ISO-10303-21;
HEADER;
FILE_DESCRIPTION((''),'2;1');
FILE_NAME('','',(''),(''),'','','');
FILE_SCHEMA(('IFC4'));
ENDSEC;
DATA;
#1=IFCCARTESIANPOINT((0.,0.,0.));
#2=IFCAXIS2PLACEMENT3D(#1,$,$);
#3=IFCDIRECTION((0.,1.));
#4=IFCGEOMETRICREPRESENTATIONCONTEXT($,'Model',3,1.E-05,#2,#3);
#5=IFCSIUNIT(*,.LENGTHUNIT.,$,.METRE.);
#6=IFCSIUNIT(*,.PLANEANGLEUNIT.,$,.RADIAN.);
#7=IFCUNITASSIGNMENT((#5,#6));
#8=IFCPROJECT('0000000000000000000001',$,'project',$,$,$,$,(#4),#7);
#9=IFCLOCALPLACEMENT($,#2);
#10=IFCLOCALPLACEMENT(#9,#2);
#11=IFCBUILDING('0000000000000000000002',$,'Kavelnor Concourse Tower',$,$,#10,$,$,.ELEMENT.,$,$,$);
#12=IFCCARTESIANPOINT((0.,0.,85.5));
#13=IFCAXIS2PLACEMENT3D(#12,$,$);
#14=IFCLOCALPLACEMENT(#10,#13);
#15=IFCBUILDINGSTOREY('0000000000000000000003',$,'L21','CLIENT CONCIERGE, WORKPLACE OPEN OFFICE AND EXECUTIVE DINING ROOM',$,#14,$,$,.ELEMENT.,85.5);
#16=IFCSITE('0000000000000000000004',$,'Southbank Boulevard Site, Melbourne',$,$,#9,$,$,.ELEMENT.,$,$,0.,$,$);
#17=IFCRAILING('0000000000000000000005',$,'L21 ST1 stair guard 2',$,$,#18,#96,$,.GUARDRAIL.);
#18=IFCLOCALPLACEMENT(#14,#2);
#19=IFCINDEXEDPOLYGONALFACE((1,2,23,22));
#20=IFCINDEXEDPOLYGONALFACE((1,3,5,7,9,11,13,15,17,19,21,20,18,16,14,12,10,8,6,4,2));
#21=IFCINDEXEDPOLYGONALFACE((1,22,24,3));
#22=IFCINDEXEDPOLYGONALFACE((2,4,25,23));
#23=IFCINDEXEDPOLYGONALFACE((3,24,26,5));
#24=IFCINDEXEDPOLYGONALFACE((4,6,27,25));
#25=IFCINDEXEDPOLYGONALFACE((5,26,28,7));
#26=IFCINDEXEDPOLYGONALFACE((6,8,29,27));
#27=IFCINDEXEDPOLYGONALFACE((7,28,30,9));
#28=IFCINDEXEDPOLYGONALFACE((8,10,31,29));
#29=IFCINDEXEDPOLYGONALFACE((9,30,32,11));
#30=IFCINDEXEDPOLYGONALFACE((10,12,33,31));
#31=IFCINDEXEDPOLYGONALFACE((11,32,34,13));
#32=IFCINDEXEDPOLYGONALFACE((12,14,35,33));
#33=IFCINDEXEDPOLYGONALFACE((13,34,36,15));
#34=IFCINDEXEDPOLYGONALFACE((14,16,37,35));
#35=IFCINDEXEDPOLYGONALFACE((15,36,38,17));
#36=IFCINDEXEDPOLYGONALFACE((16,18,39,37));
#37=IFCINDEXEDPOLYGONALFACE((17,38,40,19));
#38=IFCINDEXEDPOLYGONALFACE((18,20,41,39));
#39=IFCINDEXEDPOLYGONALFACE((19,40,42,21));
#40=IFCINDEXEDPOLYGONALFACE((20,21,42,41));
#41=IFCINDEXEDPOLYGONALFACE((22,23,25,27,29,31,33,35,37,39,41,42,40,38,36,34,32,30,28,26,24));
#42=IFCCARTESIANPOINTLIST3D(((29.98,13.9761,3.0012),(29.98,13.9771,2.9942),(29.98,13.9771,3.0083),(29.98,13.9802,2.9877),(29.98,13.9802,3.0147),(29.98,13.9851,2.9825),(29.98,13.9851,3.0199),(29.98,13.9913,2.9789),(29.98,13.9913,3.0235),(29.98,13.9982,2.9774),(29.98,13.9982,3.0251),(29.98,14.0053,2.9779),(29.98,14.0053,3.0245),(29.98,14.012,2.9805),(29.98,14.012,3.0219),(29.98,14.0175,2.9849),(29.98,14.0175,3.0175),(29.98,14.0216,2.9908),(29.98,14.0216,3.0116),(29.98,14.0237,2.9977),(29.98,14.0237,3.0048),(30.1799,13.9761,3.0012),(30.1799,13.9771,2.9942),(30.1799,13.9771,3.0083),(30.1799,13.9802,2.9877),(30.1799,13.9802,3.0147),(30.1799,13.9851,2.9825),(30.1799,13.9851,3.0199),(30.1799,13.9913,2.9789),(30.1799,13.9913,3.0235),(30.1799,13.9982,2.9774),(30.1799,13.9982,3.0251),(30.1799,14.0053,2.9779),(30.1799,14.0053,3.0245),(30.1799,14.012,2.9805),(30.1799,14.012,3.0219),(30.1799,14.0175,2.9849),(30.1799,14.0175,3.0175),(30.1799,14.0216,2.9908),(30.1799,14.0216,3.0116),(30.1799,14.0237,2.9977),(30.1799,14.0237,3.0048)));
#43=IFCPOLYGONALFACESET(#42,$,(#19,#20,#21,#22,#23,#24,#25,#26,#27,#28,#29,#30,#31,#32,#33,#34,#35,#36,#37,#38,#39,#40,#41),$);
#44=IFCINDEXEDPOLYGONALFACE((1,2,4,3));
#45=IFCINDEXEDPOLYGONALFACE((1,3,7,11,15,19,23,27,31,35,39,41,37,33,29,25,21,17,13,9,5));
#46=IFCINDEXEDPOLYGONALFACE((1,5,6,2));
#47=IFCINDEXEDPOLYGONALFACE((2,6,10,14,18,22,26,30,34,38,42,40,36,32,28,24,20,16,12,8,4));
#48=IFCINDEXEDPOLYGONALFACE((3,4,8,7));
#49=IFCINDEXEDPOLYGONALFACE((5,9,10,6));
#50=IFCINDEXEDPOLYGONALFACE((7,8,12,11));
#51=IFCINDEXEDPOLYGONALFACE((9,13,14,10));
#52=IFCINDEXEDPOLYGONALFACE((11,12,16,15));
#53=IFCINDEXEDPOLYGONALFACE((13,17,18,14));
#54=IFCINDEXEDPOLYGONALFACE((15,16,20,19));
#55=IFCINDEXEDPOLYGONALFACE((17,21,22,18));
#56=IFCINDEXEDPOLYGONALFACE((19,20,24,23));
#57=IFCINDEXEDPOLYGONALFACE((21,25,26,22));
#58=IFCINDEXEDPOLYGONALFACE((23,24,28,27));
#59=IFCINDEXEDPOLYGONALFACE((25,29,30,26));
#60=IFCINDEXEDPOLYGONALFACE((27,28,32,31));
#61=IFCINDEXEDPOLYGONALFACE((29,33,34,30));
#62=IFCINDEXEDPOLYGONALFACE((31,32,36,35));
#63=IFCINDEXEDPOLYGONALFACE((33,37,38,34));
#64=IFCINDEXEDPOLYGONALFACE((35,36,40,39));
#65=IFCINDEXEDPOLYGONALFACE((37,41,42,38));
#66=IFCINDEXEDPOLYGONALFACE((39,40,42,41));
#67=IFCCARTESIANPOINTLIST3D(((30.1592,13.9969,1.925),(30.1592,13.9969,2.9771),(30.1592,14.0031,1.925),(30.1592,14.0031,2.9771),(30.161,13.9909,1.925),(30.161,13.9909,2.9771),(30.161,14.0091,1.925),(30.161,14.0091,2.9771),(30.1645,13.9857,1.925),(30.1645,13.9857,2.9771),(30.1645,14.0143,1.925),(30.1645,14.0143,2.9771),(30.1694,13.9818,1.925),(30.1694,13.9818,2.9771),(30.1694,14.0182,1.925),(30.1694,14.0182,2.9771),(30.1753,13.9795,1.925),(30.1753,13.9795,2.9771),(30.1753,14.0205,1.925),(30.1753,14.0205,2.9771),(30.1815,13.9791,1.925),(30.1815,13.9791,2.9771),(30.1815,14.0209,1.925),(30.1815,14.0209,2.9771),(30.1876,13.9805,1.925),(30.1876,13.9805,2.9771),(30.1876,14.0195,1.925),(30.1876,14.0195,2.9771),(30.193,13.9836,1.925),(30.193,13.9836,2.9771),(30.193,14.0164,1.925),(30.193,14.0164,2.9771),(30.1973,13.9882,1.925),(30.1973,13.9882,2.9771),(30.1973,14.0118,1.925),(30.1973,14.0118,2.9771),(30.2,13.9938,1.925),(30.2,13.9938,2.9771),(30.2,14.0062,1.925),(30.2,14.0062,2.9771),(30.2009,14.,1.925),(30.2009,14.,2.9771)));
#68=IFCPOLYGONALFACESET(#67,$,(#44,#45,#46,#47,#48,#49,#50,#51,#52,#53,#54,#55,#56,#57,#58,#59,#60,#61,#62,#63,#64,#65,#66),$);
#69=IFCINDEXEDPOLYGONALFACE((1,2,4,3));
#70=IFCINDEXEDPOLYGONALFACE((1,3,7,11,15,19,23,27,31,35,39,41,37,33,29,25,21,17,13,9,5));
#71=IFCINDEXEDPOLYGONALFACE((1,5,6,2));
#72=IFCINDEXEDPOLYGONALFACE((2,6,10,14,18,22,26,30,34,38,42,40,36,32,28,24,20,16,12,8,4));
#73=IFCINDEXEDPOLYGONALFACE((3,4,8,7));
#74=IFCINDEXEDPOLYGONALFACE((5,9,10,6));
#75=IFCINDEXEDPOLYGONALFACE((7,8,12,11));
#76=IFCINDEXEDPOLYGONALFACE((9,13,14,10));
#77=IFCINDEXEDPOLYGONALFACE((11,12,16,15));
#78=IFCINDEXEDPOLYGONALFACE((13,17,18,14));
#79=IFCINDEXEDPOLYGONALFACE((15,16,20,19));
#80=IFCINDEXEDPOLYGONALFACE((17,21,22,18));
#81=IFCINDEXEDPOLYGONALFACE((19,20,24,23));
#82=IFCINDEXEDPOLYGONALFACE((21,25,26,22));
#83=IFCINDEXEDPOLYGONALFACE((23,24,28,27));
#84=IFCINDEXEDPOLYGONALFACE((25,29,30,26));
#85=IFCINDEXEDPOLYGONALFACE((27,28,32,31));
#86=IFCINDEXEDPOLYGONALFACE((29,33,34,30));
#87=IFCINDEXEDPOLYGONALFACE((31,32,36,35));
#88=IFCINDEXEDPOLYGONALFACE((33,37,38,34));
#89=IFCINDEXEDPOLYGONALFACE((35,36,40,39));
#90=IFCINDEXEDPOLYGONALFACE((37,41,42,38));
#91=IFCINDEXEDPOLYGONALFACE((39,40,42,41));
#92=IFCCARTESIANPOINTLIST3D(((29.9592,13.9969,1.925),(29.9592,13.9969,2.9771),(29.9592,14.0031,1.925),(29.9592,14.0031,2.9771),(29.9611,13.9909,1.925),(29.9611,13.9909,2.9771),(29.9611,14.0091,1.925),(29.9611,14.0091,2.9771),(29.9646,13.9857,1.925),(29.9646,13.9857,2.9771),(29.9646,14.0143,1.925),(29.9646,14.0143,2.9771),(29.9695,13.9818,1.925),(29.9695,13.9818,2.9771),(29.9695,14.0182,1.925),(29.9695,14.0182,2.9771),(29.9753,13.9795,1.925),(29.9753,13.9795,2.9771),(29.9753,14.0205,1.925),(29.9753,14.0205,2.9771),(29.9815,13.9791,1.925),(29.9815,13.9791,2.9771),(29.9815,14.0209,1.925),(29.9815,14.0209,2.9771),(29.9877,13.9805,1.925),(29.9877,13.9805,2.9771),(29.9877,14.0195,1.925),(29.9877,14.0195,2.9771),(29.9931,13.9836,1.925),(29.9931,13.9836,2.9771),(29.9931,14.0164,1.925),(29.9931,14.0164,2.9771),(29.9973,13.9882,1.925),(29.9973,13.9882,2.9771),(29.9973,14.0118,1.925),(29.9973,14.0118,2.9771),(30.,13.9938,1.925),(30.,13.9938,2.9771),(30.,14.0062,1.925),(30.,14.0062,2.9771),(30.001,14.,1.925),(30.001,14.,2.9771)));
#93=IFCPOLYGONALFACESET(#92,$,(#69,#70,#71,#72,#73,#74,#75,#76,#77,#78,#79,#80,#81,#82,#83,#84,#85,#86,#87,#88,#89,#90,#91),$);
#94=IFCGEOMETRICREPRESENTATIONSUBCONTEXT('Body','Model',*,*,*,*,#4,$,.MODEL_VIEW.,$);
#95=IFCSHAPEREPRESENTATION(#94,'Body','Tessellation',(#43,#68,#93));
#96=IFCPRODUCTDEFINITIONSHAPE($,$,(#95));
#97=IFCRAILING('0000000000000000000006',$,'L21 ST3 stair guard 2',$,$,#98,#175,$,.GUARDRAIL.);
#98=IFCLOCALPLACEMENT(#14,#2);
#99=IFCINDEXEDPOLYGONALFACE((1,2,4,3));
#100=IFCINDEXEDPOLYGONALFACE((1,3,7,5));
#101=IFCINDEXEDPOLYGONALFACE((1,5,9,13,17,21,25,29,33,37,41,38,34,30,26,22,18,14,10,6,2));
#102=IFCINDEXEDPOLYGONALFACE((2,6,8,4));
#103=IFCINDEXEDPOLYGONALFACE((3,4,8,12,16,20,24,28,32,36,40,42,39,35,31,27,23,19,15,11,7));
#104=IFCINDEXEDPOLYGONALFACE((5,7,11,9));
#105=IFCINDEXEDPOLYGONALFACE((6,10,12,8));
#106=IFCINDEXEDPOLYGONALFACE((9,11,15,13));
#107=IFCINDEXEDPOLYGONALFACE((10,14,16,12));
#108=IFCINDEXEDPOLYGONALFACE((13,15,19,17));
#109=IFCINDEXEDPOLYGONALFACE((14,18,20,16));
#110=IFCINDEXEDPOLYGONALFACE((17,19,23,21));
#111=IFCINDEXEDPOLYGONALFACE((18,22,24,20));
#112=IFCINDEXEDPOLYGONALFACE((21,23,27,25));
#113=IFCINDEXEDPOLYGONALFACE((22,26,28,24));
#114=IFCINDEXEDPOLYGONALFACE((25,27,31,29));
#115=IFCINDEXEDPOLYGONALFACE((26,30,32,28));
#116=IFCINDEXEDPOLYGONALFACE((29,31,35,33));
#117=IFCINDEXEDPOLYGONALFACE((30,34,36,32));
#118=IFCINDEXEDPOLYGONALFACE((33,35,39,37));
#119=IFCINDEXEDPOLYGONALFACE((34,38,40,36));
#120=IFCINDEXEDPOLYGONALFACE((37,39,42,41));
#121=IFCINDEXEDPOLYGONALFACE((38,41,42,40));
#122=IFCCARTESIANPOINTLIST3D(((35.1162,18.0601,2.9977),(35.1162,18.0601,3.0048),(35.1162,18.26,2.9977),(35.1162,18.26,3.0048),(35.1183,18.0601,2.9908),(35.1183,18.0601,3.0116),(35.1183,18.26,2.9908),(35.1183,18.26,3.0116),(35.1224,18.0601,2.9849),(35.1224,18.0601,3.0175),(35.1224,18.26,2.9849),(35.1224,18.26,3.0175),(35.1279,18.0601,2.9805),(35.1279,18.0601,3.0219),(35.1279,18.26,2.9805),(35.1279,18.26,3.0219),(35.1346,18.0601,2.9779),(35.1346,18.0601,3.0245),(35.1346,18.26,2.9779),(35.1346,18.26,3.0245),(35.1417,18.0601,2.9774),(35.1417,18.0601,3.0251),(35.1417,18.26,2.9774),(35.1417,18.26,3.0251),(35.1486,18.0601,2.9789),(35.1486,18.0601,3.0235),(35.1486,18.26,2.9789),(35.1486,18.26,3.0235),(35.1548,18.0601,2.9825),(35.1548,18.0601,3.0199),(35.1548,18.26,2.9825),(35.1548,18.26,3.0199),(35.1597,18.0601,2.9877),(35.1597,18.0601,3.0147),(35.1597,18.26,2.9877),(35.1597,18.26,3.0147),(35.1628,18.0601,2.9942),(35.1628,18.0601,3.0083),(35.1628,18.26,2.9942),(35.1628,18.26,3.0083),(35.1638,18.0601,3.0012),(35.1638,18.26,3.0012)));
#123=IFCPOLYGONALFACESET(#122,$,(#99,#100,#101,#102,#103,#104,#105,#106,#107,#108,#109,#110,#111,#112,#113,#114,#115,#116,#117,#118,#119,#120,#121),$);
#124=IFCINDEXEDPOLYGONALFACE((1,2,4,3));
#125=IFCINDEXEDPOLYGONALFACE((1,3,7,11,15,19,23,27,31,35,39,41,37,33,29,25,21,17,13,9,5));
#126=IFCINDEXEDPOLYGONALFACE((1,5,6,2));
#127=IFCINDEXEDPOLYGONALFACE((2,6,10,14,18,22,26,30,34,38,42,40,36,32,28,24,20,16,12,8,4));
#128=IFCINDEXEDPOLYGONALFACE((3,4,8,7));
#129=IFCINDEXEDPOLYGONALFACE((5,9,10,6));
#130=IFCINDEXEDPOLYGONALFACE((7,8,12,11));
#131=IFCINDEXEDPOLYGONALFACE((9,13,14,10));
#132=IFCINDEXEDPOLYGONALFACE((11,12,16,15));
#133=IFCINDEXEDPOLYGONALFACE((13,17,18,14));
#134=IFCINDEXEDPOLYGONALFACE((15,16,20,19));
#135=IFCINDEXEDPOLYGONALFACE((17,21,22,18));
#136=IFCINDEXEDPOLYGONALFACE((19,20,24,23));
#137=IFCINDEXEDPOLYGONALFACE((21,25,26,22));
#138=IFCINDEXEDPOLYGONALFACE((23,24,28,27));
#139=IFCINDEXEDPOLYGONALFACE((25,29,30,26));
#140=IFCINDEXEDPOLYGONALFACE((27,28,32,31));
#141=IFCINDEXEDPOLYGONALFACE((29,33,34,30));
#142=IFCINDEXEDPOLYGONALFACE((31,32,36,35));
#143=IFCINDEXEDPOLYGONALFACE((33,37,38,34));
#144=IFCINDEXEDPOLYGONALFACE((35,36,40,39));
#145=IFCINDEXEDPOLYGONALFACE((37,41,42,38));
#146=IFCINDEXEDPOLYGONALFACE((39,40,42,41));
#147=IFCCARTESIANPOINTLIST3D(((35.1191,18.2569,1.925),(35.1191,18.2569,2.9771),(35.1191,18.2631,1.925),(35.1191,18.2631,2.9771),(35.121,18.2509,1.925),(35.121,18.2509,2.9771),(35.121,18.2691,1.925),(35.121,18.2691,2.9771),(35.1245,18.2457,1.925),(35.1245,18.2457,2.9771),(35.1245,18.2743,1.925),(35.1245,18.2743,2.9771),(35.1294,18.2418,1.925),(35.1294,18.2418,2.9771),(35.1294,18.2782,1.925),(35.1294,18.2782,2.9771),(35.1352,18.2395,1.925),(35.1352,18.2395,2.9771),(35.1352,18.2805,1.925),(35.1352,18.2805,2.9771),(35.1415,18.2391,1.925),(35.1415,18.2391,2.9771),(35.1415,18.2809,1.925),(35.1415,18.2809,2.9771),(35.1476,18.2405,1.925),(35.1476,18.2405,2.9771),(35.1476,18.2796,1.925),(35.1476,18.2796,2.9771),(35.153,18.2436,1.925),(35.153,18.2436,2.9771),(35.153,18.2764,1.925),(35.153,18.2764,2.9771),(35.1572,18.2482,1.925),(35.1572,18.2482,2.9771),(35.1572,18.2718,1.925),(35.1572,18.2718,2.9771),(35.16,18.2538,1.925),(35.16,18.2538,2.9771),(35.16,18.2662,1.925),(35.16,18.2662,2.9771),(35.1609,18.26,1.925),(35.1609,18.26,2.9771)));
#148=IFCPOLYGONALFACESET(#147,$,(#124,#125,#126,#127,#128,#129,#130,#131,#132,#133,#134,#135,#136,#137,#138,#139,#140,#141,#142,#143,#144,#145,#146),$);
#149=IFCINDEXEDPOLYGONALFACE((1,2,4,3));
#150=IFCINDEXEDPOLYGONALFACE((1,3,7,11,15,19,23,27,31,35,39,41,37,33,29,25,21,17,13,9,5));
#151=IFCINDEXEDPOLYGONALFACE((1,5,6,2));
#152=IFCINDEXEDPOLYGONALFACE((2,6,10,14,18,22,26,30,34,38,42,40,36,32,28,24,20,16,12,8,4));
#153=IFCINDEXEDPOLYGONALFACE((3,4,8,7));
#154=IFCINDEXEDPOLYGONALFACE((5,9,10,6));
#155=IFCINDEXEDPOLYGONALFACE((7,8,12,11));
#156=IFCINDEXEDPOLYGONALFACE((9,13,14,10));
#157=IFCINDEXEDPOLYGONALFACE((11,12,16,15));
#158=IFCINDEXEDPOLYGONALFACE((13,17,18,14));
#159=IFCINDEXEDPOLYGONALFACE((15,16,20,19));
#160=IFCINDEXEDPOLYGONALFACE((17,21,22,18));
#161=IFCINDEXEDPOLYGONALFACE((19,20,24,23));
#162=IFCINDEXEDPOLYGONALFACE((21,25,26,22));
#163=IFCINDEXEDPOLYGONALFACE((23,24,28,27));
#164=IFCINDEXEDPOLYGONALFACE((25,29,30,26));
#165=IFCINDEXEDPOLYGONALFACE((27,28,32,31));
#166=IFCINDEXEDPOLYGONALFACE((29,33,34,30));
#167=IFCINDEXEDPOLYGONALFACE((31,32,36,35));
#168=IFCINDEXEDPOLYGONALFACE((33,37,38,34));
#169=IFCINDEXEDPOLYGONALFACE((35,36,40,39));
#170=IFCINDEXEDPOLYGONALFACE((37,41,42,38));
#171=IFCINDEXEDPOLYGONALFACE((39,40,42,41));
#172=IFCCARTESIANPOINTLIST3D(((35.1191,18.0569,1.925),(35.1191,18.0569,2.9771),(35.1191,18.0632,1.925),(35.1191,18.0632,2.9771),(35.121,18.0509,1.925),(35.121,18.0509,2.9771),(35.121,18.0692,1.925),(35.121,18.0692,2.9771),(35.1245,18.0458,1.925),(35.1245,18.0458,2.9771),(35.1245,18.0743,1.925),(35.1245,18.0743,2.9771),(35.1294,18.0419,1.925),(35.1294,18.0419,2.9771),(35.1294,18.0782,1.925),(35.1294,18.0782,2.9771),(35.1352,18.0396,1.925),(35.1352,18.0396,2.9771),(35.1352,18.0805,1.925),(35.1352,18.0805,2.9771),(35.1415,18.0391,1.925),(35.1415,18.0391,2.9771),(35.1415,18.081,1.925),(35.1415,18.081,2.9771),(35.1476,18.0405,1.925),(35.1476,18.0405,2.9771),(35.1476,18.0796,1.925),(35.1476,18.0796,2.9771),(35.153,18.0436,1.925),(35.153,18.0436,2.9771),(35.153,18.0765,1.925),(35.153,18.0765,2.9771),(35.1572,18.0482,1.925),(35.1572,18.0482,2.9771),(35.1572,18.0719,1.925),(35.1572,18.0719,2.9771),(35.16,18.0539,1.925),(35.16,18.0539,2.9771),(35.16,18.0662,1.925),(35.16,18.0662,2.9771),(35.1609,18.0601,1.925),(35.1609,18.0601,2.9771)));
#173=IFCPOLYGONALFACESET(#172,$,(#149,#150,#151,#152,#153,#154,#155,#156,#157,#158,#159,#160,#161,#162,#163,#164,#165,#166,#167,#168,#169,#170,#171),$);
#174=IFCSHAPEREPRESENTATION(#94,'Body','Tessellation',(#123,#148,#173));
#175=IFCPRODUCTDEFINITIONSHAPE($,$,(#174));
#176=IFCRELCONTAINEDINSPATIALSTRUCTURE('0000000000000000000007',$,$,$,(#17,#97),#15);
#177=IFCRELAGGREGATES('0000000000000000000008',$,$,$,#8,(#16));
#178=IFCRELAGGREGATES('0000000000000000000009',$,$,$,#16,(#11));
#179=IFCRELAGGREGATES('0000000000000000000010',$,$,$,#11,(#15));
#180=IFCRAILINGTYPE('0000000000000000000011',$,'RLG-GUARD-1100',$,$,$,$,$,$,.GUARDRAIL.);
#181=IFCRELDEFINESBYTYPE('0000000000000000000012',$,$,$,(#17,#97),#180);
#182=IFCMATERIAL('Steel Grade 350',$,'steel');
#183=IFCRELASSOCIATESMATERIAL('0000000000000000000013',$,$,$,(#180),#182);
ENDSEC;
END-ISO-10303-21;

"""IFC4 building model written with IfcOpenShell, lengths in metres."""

from ifc_helpers import new_model, si_unit, direction, frame, origin, origin_2d, place, context, subcontext, project, spatial, circle, extrude, material, type_object, element, save


model = new_model("IFC4")

# Units and contexts
model_context = context("Model", 3, precision=1e-05, world=origin(), true_north=direction((0.0, 1.0)))
body_context = subcontext(model_context, "Body", "Model", "MODEL_VIEW")
ifc_project = project(units=[si_unit("LENGTHUNIT", "METRE"), si_unit("PLANEANGLEUNIT", "RADIAN")], contexts=[model_context])

# Site, building, storey
site_placement = place(None, origin())
site = spatial("IfcSite", under=ifc_project, at=site_placement, Name="Southbank Boulevard Site, Melbourne", CompositionType="ELEMENT", RefElevation=0.0)
building_placement = place(site_placement, origin())
building = spatial("IfcBuilding", under=site, at=building_placement, Name="Kavelnor Concourse Tower", CompositionType="ELEMENT")
storey_placement = place(building_placement, frame((0.0, 0.0, 85.5)))
storey = spatial("IfcBuildingStorey", under=building, at=storey_placement, Name="L21", Description="CLIENT CONCIERGE, WORKPLACE OPEN OFFICE AND EXECUTIVE DINING ROOM", CompositionType="ELEMENT", Elevation=85.5)

# Shared definitions
ifc_material_1 = material(Name="Steel Grade 350", Category="steel")

# Railings
railing_type_1 = type_object("IfcRailingType", Name="RLG-GUARD-1100", PredefinedType="GUARDRAIL", material=ifc_material_1)
railing_1_placement = place(storey_placement, frame((30.1799, 14.0, 1.925)))
element("IfcRailing", 1, at=railing_1_placement, inside=storey, type_object=railing_type_1, Name="L21 ST1 stair guard 2", PredefinedType="GUARDRAIL", context=body_context, shape_type="SweptSolid", body=[
    extrude(circle(Radius=0.0239, at=origin_2d()), frame((0.0, 0.0, 1.0762), z_axis=(-1.0, 0.0, 0.0), x_axis=(0.0, -1.0, 0.0)), (0.0, 0.0, 1.0), 0.2),
    extrude(circle(Radius=0.021, at=origin_2d()), origin(), (0.0, 0.0, 1.0), 1.052),
    extrude(circle(Radius=0.021, at=origin_2d()), frame((-0.2, 0.0, 0.0)), (0.0, 0.0, 1.0), 1.052),
])
railing_2_placement = place(storey_placement, frame((35.1399, 18.26, 1.925)))
element("IfcRailing", 2, at=railing_2_placement, inside=storey, type_object=railing_type_1, Name="L21 ST3 stair guard 2", PredefinedType="GUARDRAIL", context=body_context, shape_type="SweptSolid", body=[
    extrude(circle(Radius=0.0239, at=origin_2d()), frame((0.0, 0.0, 1.0762), z_axis=(0.0, -1.0, 0.0), x_axis=(1.0, 0.0, 0.0)), (0.0, 0.0, 1.0), 0.2),
    extrude(circle(Radius=0.021, at=origin_2d()), origin(), (0.0, 0.0, 1.0), 1.052),
    extrude(circle(Radius=0.021, at=origin_2d()), frame((0.0, -0.2, 0.0)), (0.0, 0.0, 1.0), 1.052),
])

save(model, "model.ifc")
